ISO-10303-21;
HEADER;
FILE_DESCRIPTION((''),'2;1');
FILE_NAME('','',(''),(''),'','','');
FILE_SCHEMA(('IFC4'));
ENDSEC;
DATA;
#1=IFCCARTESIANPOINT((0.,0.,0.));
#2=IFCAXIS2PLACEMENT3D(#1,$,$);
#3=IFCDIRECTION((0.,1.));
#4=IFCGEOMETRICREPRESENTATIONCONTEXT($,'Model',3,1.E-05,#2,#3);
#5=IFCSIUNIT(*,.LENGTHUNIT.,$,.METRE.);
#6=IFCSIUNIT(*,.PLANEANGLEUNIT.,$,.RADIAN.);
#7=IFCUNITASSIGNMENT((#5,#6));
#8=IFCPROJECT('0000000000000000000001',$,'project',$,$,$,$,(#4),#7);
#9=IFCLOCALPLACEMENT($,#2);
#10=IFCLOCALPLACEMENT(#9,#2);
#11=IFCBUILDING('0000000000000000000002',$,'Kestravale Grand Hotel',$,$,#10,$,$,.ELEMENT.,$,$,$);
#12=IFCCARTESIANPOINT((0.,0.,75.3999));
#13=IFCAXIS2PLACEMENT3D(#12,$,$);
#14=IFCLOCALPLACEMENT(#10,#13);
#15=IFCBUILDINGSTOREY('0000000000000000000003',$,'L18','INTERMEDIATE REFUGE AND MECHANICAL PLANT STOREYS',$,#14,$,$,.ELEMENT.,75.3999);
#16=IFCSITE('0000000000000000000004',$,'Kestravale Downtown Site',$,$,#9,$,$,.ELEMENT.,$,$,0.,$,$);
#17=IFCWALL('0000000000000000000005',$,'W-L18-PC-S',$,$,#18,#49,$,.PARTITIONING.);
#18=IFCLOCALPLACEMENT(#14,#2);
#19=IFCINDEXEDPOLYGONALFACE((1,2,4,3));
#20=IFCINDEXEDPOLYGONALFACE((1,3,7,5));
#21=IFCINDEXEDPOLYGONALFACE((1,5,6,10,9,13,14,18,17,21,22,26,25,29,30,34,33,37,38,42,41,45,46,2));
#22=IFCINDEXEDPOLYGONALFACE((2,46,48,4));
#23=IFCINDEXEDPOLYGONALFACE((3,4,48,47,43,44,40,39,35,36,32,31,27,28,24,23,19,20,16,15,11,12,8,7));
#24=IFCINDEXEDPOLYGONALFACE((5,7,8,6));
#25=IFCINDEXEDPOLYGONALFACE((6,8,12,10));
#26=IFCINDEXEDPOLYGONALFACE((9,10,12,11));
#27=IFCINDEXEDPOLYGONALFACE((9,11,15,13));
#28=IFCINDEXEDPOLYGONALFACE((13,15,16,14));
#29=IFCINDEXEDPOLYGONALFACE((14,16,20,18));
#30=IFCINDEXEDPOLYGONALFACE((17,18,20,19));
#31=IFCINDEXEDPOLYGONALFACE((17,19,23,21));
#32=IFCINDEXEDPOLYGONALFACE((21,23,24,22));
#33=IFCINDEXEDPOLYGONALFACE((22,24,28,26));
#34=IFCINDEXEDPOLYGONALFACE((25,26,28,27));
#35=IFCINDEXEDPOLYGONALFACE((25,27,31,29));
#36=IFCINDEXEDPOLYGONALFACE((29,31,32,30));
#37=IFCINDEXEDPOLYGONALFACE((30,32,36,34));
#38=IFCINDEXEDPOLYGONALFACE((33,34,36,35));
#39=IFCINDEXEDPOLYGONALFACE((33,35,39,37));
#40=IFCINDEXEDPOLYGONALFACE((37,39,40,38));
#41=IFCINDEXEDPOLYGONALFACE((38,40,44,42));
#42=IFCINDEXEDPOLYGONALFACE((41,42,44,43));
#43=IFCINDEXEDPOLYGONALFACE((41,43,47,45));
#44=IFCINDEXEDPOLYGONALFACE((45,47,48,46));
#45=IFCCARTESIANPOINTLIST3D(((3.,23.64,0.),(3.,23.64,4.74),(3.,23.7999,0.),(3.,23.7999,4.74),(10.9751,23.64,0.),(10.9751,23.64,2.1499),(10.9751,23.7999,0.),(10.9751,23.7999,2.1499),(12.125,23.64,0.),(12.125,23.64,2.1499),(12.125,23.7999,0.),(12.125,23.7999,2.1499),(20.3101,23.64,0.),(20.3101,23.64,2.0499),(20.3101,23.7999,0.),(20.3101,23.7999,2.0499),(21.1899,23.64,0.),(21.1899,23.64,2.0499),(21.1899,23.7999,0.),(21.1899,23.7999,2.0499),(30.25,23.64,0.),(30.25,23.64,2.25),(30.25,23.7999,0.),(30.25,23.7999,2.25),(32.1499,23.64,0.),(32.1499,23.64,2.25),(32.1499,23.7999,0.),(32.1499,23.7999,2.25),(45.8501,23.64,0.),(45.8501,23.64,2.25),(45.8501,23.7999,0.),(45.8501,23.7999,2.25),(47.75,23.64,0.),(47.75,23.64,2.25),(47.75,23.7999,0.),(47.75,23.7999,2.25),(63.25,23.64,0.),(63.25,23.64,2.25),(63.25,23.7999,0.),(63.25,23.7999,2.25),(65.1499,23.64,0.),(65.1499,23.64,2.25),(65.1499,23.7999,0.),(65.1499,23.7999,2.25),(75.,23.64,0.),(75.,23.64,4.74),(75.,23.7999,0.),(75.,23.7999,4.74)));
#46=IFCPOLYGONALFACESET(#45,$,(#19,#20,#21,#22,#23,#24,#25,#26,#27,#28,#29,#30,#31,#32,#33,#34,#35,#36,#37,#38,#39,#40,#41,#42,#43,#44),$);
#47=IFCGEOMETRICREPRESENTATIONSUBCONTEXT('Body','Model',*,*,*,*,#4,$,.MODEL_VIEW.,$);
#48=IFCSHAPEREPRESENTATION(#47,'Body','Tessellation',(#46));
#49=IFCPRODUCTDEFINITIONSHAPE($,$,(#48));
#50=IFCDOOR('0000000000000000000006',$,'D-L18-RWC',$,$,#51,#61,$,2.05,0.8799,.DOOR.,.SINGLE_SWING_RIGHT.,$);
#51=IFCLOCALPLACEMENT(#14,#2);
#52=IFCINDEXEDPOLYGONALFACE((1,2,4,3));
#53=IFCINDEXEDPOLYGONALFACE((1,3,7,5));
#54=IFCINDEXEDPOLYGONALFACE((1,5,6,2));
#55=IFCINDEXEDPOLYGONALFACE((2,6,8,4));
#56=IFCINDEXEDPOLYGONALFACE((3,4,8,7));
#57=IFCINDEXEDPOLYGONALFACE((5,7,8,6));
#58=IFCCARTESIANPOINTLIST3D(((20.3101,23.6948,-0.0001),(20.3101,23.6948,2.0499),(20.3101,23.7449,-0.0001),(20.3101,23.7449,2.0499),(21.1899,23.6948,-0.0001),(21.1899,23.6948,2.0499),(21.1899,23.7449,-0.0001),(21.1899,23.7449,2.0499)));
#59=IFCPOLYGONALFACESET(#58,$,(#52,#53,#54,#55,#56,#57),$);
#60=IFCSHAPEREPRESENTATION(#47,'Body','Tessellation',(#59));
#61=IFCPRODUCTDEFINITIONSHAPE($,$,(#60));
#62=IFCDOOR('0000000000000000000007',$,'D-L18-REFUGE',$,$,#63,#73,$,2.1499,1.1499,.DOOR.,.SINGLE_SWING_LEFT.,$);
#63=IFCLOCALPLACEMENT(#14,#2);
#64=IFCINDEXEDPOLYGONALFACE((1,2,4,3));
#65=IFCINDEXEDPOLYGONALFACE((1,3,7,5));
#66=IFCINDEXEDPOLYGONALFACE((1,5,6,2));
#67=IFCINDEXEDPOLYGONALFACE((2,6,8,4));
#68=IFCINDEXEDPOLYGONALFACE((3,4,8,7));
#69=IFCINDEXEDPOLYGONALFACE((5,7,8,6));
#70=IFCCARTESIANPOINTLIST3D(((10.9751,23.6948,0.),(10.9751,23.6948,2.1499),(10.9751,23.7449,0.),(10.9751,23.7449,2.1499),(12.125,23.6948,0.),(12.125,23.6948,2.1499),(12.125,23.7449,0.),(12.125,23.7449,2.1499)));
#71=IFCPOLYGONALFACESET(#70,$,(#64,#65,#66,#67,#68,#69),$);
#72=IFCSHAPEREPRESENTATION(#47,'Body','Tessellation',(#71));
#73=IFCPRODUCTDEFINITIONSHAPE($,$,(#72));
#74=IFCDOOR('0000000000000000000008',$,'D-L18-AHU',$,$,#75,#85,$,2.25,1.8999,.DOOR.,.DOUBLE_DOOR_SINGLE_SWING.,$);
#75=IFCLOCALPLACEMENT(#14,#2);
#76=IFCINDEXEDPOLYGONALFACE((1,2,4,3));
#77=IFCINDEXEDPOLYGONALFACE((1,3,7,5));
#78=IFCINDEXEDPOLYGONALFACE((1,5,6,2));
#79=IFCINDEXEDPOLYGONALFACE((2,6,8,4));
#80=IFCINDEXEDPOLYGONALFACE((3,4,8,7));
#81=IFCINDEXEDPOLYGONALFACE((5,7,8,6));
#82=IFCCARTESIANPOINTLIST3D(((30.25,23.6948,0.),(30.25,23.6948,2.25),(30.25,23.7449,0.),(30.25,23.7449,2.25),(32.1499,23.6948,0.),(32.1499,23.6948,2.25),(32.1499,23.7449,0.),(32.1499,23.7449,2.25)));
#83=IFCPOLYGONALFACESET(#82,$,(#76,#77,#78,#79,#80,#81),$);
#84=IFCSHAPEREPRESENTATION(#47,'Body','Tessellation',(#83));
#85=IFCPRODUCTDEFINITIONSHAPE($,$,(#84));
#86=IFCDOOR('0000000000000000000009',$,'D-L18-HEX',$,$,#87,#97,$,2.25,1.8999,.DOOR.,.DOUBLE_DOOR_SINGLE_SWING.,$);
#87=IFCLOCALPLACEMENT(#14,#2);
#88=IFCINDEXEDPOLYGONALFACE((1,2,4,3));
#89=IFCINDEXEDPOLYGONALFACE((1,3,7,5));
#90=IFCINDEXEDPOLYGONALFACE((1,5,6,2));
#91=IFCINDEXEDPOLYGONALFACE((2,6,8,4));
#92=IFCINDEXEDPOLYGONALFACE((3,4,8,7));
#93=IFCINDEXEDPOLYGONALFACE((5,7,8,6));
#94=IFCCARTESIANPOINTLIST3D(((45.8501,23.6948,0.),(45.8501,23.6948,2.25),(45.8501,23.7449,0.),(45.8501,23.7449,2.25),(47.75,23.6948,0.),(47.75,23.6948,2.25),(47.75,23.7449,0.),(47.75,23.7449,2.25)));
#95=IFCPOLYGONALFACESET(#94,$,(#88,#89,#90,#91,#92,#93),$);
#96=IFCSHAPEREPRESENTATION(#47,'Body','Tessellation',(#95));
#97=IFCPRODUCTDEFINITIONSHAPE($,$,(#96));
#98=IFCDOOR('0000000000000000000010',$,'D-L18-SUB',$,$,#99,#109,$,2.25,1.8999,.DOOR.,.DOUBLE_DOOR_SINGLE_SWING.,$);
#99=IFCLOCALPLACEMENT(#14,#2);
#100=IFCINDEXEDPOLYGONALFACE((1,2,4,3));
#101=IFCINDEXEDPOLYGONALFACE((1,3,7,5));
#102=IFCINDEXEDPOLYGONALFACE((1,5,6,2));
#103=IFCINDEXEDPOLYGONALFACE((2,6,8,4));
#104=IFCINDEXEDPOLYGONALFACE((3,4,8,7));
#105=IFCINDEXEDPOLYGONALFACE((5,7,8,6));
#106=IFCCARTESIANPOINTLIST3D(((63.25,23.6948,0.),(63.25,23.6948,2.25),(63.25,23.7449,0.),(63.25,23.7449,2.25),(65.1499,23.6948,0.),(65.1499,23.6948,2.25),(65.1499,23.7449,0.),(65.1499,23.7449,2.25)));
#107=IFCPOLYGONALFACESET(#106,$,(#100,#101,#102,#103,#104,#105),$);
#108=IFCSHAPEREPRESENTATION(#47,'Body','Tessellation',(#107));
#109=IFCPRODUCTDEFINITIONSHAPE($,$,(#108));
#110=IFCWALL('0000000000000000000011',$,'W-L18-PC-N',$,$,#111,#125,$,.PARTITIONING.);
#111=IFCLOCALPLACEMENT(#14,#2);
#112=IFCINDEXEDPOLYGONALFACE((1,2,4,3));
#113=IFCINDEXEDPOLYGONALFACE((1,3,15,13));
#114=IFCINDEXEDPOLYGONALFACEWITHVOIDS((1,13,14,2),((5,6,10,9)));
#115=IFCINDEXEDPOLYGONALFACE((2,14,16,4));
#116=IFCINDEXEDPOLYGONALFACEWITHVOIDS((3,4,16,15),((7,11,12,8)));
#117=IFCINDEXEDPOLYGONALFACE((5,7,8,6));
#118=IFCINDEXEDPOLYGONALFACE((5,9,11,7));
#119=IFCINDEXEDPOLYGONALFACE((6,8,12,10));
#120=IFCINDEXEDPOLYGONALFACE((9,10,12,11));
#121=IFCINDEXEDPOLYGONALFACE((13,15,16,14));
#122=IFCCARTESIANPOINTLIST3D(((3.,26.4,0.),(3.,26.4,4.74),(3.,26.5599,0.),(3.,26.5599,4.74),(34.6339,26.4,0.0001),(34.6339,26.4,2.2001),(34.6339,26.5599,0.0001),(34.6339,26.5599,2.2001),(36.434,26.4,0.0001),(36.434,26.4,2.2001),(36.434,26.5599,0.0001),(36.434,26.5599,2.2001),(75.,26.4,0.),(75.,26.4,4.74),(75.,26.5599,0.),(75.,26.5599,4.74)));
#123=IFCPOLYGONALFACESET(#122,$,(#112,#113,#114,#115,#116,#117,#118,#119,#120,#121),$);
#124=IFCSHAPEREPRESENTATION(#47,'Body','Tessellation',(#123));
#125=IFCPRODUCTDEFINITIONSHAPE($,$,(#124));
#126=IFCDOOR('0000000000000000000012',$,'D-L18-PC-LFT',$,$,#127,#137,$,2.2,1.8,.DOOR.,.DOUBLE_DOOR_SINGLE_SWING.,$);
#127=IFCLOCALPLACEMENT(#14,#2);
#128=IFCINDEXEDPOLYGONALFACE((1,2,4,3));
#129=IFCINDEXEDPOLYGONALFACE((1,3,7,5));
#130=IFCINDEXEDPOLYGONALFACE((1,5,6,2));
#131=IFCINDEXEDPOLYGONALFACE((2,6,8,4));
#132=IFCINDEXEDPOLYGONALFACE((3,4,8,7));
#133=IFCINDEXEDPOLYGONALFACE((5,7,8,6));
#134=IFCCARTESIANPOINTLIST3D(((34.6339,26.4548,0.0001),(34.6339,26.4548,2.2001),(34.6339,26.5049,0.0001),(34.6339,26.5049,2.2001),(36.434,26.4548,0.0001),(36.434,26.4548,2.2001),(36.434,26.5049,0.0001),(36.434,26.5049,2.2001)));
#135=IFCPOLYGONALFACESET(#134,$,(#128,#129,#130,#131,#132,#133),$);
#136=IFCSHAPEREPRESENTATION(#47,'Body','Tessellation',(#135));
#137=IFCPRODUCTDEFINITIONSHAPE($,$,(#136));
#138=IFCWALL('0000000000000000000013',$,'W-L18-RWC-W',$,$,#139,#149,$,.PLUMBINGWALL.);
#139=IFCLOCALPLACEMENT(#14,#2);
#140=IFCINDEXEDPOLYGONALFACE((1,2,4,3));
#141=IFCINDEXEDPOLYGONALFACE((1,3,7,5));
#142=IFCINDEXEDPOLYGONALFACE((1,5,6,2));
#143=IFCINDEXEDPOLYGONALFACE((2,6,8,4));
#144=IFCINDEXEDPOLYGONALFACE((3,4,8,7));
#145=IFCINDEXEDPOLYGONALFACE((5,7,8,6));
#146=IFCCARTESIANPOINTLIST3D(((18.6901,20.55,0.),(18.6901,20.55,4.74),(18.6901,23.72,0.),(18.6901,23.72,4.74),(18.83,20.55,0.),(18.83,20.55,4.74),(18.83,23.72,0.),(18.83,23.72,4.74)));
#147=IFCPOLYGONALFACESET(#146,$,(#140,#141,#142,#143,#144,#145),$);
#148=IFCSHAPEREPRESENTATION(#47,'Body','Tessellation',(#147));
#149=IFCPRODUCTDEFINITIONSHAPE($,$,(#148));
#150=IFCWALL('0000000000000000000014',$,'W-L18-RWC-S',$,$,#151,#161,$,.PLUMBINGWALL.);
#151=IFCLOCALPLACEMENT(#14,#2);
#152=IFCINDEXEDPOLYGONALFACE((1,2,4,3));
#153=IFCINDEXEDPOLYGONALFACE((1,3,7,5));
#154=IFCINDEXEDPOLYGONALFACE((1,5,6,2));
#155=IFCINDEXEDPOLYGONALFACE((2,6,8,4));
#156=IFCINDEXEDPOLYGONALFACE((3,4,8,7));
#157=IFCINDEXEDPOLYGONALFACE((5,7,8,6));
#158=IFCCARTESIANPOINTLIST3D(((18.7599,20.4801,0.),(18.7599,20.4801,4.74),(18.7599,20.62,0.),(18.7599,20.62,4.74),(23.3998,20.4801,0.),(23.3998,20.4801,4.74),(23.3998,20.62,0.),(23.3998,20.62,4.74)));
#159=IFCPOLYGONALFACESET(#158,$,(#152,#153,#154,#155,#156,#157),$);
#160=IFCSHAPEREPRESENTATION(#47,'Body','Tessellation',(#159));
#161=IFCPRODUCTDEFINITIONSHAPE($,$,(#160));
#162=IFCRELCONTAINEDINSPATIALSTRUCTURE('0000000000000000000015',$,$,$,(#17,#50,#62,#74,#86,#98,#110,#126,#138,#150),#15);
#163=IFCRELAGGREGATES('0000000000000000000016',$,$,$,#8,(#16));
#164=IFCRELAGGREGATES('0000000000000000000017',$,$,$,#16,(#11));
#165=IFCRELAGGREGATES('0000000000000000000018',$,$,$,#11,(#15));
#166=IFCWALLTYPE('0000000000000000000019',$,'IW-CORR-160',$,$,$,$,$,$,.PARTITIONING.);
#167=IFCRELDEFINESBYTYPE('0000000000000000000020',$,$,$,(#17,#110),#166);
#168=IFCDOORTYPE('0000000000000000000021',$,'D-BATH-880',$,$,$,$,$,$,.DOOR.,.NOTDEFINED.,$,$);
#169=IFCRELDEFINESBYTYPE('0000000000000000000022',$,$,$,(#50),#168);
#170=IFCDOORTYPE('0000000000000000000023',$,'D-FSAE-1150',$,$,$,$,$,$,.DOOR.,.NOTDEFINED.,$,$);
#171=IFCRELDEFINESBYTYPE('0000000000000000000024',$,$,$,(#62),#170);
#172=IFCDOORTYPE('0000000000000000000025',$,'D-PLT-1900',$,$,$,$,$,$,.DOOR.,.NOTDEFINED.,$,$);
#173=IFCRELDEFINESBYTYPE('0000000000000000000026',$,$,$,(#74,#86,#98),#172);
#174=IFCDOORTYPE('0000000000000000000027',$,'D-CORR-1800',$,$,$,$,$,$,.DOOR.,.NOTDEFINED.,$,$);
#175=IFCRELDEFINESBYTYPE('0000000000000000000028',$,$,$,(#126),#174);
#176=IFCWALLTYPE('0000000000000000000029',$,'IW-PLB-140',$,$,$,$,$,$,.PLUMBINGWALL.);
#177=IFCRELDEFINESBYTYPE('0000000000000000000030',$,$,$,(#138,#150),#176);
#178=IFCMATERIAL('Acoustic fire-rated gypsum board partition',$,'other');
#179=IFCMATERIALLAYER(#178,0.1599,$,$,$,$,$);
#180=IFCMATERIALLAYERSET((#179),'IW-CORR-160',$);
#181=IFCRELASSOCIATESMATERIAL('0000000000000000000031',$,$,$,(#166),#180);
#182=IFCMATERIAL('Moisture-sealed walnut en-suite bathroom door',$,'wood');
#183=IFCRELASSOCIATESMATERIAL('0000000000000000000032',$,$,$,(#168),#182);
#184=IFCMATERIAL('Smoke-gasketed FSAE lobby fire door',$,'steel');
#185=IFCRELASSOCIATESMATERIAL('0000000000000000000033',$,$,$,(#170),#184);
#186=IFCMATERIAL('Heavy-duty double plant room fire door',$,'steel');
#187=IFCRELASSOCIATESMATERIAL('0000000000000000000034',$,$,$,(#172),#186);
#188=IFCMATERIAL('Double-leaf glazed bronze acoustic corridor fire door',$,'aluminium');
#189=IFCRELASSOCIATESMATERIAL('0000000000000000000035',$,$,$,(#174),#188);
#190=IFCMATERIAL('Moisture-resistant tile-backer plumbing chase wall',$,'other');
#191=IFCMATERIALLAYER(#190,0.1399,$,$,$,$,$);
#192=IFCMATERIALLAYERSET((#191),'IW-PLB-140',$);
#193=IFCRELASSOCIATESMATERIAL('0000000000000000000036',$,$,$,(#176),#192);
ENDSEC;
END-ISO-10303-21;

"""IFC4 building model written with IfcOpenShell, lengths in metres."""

from ifc_helpers import new_model, si_unit, direction, frame, frame_2d, origin, place, context, subcontext, project, spatial, rectangle, extrude, material, layer, layer_set, type_object, element, fill, save


model = new_model("IFC4")

# Units and contexts
model_context = context("Model", 3, precision=1e-05, world=origin(), true_north=direction((0.0, 1.0)))
body_context = subcontext(model_context, "Body", "Model", "MODEL_VIEW")
ifc_project = project(units=[si_unit("LENGTHUNIT", "METRE"), si_unit("PLANEANGLEUNIT", "RADIAN")], contexts=[model_context])

# Site, building, storey
site_placement = place(None, origin())
site = spatial("IfcSite", under=ifc_project, at=site_placement, Name="Kestravale Downtown Site", CompositionType="ELEMENT", RefElevation=0.0)
building_placement = place(site_placement, origin())
building = spatial("IfcBuilding", under=site, at=building_placement, Name="Kestravale Grand Hotel", CompositionType="ELEMENT")
storey_placement = place(building_placement, frame((0.0, 0.0, 75.3999)))
storey = spatial("IfcBuildingStorey", under=building, at=storey_placement, Name="L18", Description="INTERMEDIATE REFUGE AND MECHANICAL PLANT STOREYS", CompositionType="ELEMENT", Elevation=75.3999)

# Wall, openings, doors
ifc_material_1 = material(Name="Acoustic fire-rated gypsum board partition", Category="other")
ifc_layer_1 = layer(ifc_material_1, 0.1599)
ifc_layer_set_1 = layer_set([ifc_layer_1], Name="IW-CORR-160")
wall_type_1 = type_object("IfcWallType", Name="IW-CORR-160", PredefinedType="PARTITIONING", material=ifc_layer_set_1)
wall_1_placement = place(storey_placement, frame((3.0, 23.72, 0.0), z_axis=(0.0, 0.0, 1.0), x_axis=(1.0, 0.0, 0.0)))
wall_1 = element("IfcWall", 1, at=wall_1_placement, inside=storey, type_object=wall_type_1, Name="W-L18-PC-S", PredefinedType="PARTITIONING", context=body_context, shape_type="SweptSolid", body=[
    extrude(rectangle(XDim=72.0, YDim=0.1599, at=frame_2d((36.0, 0.0))), origin(), (0.0, 0.0, 1.0), 4.74),
])
opening_1_placement = place(wall_1_placement, frame((17.3101, 0.0, 0.0)))
opening_1 = element("IfcOpeningElement", 2, at=opening_1_placement, cuts=wall_1, PredefinedType="OPENING", context=body_context, shape_type="SweptSolid", body=[
    extrude(rectangle(XDim=0.8799, YDim=2.05, at=frame_2d((0.4399, 1.0249))), frame((0.0, 0.0898, 0.0), z_axis=(0.0, -1.0, 0.0), x_axis=(1.0, 0.0, 0.0)), (0.0, 0.0, 1.0), 0.1799),
])
opening_2_placement = place(wall_1_placement, frame((7.9751, 0.0, 0.0)))
opening_2 = element("IfcOpeningElement", 3, at=opening_2_placement, cuts=wall_1, PredefinedType="OPENING", context=body_context, shape_type="SweptSolid", body=[
    extrude(rectangle(XDim=1.1499, YDim=2.1499, at=frame_2d((0.575, 1.075))), frame((0.0, 0.0898, 0.0), z_axis=(0.0, -1.0, 0.0), x_axis=(1.0, 0.0, 0.0)), (0.0, 0.0, 1.0), 0.1799),
])
opening_3_placement = place(wall_1_placement, frame((27.25, 0.0, 0.0)))
opening_3 = element("IfcOpeningElement", 4, at=opening_3_placement, cuts=wall_1, PredefinedType="OPENING", context=body_context, shape_type="SweptSolid", body=[
    extrude(rectangle(XDim=1.8999, YDim=2.25, at=frame_2d((0.95, 1.125))), frame((0.0, 0.0898, 0.0), z_axis=(0.0, -1.0, 0.0), x_axis=(1.0, 0.0, 0.0)), (0.0, 0.0, 1.0), 0.1799),
])
opening_4_placement = place(wall_1_placement, frame((42.8501, 0.0, 0.0)))
opening_4 = element("IfcOpeningElement", 5, at=opening_4_placement, cuts=wall_1, PredefinedType="OPENING", context=body_context, shape_type="SweptSolid", body=[
    extrude(rectangle(XDim=1.8999, YDim=2.25, at=frame_2d((0.95, 1.125))), frame((0.0, 0.0898, 0.0), z_axis=(0.0, -1.0, 0.0), x_axis=(1.0, 0.0, 0.0)), (0.0, 0.0, 1.0), 0.1799),
])
opening_5_placement = place(wall_1_placement, frame((60.25, 0.0, 0.0)))
opening_5 = element("IfcOpeningElement", 6, at=opening_5_placement, cuts=wall_1, PredefinedType="OPENING", context=body_context, shape_type="SweptSolid", body=[
    extrude(rectangle(XDim=1.8999, YDim=2.25, at=frame_2d((0.95, 1.125))), frame((0.0, 0.0898, 0.0), z_axis=(0.0, -1.0, 0.0), x_axis=(1.0, 0.0, 0.0)), (0.0, 0.0, 1.0), 0.1799),
])
ifc_material_2 = material(Name="Moisture-sealed walnut en-suite bathroom door", Category="wood")
door_type_1 = type_object("IfcDoorType", Name="D-BATH-880", OperationType="NOTDEFINED", PredefinedType="DOOR", material=ifc_material_2)
door_1_placement = place(opening_1_placement, origin())
door_1 = element("IfcDoor", 7, at=door_1_placement, inside=storey, type_object=door_type_1, Name="D-L18-RWC", OperationType="SINGLE_SWING_RIGHT", OverallHeight=2.05, OverallWidth=0.8799, PredefinedType="DOOR", context=body_context, shape_type="SweptSolid", body=[
    extrude(rectangle(XDim=0.8799, YDim=2.05, at=frame_2d((0.4399, 1.0249))), frame((0.0, 0.0249, 0.0), z_axis=(0.0, -1.0, 0.0), x_axis=(1.0, 0.0, 0.0)), (0.0, 0.0, 1.0), 0.05),
])
fill(opening_1, door_1)
ifc_material_3 = material(Name="Smoke-gasketed FSAE lobby fire door", Category="steel")
door_type_2 = type_object("IfcDoorType", Name="D-FSAE-1150", OperationType="NOTDEFINED", PredefinedType="DOOR", material=ifc_material_3)
door_2_placement = place(opening_2_placement, origin())
door_2 = element("IfcDoor", 8, at=door_2_placement, inside=storey, type_object=door_type_2, Name="D-L18-REFUGE", OperationType="SINGLE_SWING_LEFT", OverallHeight=2.1499, OverallWidth=1.1499, PredefinedType="DOOR", context=body_context, shape_type="SweptSolid", body=[
    extrude(rectangle(XDim=1.1499, YDim=2.1499, at=frame_2d((0.575, 1.075))), frame((0.0, 0.0249, 0.0), z_axis=(0.0, -1.0, 0.0), x_axis=(1.0, 0.0, 0.0)), (0.0, 0.0, 1.0), 0.05),
])
fill(opening_2, door_2)
ifc_material_4 = material(Name="Heavy-duty double plant room fire door", Category="steel")
door_type_3 = type_object("IfcDoorType", Name="D-PLT-1900", OperationType="NOTDEFINED", PredefinedType="DOOR", material=ifc_material_4)
door_3_placement = place(opening_3_placement, origin())
door_3 = element("IfcDoor", 9, at=door_3_placement, inside=storey, type_object=door_type_3, Name="D-L18-AHU", OperationType="DOUBLE_DOOR_SINGLE_SWING", OverallHeight=2.25, OverallWidth=1.8999, PredefinedType="DOOR", context=body_context, shape_type="SweptSolid", body=[
    extrude(rectangle(XDim=1.8999, YDim=2.25, at=frame_2d((0.95, 1.125))), frame((0.0, 0.0249, 0.0), z_axis=(0.0, -1.0, 0.0), x_axis=(1.0, 0.0, 0.0)), (0.0, 0.0, 1.0), 0.05),
])
fill(opening_3, door_3)
door_4_placement = place(opening_4_placement, origin())
door_4 = element("IfcDoor", 10, at=door_4_placement, inside=storey, type_object=door_type_3, Name="D-L18-HEX", OperationType="DOUBLE_DOOR_SINGLE_SWING", OverallHeight=2.25, OverallWidth=1.8999, PredefinedType="DOOR", context=body_context, shape_type="SweptSolid", body=[
    extrude(rectangle(XDim=1.8999, YDim=2.25, at=frame_2d((0.95, 1.125))), frame((0.0, 0.0249, 0.0), z_axis=(0.0, -1.0, 0.0), x_axis=(1.0, 0.0, 0.0)), (0.0, 0.0, 1.0), 0.05),
])
fill(opening_4, door_4)
door_5_placement = place(opening_5_placement, origin())
door_5 = element("IfcDoor", 11, at=door_5_placement, inside=storey, type_object=door_type_3, Name="D-L18-SUB", OperationType="DOUBLE_DOOR_SINGLE_SWING", OverallHeight=2.25, OverallWidth=1.8999, PredefinedType="DOOR", context=body_context, shape_type="SweptSolid", body=[
    extrude(rectangle(XDim=1.8999, YDim=2.25, at=frame_2d((0.95, 1.125))), frame((0.0, 0.0249, 0.0), z_axis=(0.0, -1.0, 0.0), x_axis=(1.0, 0.0, 0.0)), (0.0, 0.0, 1.0), 0.05),
])
fill(opening_5, door_5)

# Wall, opening, door
wall_2_placement = place(storey_placement, frame((3.0, 26.48, 0.0), z_axis=(0.0, 0.0, 1.0), x_axis=(1.0, 0.0, 0.0)))
wall_2 = element("IfcWall", 12, at=wall_2_placement, inside=storey, type_object=wall_type_1, Name="W-L18-PC-N", PredefinedType="PARTITIONING", context=body_context, shape_type="SweptSolid", body=[
    extrude(rectangle(XDim=72.0, YDim=0.1599, at=frame_2d((36.0, 0.0))), origin(), (0.0, 0.0, 1.0), 4.74),
])
opening_6_placement = place(wall_2_placement, frame((31.634, 0.0, 0.0)))
opening_6 = element("IfcOpeningElement", 13, at=opening_6_placement, cuts=wall_2, PredefinedType="OPENING", context=body_context, shape_type="SweptSolid", body=[
    extrude(rectangle(XDim=1.8, YDim=2.2, at=frame_2d((0.8999, 1.1001))), frame((0.0, 0.0898, 0.0), z_axis=(0.0, -1.0, 0.0), x_axis=(1.0, 0.0, 0.0)), (0.0, 0.0, 1.0), 0.1799),
])
ifc_material_5 = material(Name="Double-leaf glazed bronze acoustic corridor fire door", Category="aluminium")
door_type_4 = type_object("IfcDoorType", Name="D-CORR-1800", OperationType="NOTDEFINED", PredefinedType="DOOR", material=ifc_material_5)
door_6_placement = place(opening_6_placement, origin())
door_6 = element("IfcDoor", 14, at=door_6_placement, inside=storey, type_object=door_type_4, Name="D-L18-PC-LFT", OperationType="DOUBLE_DOOR_SINGLE_SWING", OverallHeight=2.2, OverallWidth=1.8, PredefinedType="DOOR", context=body_context, shape_type="SweptSolid", body=[
    extrude(rectangle(XDim=1.8, YDim=2.2, at=frame_2d((0.8999, 1.1001))), frame((0.0, 0.0249, 0.0), z_axis=(0.0, -1.0, 0.0), x_axis=(1.0, 0.0, 0.0)), (0.0, 0.0, 1.0), 0.05),
])
fill(opening_6, door_6)

# Walls
ifc_material_6 = material(Name="Moisture-resistant tile-backer plumbing chase wall", Category="other")
ifc_layer_2 = layer(ifc_material_6, 0.1399)
ifc_layer_set_2 = layer_set([ifc_layer_2], Name="IW-PLB-140")
wall_type_2 = type_object("IfcWallType", Name="IW-PLB-140", PredefinedType="PLUMBINGWALL", material=ifc_layer_set_2)
wall_3_placement = place(storey_placement, frame((18.76, 20.55, 0.0), z_axis=(0.0, 0.0, 1.0), x_axis=(0.0, 1.0, 0.0)))
element("IfcWall", 15, at=wall_3_placement, inside=storey, type_object=wall_type_2, Name="W-L18-RWC-W", PredefinedType="PLUMBINGWALL", context=body_context, shape_type="SweptSolid", body=[
    extrude(rectangle(XDim=3.1699, YDim=0.1399, at=frame_2d((1.585, 0.0))), origin(), (0.0, 0.0, 1.0), 4.74),
])
wall_4_placement = place(storey_placement, frame((18.76, 20.55, 0.0), z_axis=(0.0, 0.0, 1.0), x_axis=(1.0, 0.0, 0.0)))
element("IfcWall", 16, at=wall_4_placement, inside=storey, type_object=wall_type_2, Name="W-L18-RWC-S", PredefinedType="PLUMBINGWALL", context=body_context, shape_type="SweptSolid", body=[
    extrude(rectangle(XDim=4.6399, YDim=0.1399, at=frame_2d((2.3198, 0.0))), origin(), (0.0, 0.0, 1.0), 4.74),
])

save(model, "model.ifc")
